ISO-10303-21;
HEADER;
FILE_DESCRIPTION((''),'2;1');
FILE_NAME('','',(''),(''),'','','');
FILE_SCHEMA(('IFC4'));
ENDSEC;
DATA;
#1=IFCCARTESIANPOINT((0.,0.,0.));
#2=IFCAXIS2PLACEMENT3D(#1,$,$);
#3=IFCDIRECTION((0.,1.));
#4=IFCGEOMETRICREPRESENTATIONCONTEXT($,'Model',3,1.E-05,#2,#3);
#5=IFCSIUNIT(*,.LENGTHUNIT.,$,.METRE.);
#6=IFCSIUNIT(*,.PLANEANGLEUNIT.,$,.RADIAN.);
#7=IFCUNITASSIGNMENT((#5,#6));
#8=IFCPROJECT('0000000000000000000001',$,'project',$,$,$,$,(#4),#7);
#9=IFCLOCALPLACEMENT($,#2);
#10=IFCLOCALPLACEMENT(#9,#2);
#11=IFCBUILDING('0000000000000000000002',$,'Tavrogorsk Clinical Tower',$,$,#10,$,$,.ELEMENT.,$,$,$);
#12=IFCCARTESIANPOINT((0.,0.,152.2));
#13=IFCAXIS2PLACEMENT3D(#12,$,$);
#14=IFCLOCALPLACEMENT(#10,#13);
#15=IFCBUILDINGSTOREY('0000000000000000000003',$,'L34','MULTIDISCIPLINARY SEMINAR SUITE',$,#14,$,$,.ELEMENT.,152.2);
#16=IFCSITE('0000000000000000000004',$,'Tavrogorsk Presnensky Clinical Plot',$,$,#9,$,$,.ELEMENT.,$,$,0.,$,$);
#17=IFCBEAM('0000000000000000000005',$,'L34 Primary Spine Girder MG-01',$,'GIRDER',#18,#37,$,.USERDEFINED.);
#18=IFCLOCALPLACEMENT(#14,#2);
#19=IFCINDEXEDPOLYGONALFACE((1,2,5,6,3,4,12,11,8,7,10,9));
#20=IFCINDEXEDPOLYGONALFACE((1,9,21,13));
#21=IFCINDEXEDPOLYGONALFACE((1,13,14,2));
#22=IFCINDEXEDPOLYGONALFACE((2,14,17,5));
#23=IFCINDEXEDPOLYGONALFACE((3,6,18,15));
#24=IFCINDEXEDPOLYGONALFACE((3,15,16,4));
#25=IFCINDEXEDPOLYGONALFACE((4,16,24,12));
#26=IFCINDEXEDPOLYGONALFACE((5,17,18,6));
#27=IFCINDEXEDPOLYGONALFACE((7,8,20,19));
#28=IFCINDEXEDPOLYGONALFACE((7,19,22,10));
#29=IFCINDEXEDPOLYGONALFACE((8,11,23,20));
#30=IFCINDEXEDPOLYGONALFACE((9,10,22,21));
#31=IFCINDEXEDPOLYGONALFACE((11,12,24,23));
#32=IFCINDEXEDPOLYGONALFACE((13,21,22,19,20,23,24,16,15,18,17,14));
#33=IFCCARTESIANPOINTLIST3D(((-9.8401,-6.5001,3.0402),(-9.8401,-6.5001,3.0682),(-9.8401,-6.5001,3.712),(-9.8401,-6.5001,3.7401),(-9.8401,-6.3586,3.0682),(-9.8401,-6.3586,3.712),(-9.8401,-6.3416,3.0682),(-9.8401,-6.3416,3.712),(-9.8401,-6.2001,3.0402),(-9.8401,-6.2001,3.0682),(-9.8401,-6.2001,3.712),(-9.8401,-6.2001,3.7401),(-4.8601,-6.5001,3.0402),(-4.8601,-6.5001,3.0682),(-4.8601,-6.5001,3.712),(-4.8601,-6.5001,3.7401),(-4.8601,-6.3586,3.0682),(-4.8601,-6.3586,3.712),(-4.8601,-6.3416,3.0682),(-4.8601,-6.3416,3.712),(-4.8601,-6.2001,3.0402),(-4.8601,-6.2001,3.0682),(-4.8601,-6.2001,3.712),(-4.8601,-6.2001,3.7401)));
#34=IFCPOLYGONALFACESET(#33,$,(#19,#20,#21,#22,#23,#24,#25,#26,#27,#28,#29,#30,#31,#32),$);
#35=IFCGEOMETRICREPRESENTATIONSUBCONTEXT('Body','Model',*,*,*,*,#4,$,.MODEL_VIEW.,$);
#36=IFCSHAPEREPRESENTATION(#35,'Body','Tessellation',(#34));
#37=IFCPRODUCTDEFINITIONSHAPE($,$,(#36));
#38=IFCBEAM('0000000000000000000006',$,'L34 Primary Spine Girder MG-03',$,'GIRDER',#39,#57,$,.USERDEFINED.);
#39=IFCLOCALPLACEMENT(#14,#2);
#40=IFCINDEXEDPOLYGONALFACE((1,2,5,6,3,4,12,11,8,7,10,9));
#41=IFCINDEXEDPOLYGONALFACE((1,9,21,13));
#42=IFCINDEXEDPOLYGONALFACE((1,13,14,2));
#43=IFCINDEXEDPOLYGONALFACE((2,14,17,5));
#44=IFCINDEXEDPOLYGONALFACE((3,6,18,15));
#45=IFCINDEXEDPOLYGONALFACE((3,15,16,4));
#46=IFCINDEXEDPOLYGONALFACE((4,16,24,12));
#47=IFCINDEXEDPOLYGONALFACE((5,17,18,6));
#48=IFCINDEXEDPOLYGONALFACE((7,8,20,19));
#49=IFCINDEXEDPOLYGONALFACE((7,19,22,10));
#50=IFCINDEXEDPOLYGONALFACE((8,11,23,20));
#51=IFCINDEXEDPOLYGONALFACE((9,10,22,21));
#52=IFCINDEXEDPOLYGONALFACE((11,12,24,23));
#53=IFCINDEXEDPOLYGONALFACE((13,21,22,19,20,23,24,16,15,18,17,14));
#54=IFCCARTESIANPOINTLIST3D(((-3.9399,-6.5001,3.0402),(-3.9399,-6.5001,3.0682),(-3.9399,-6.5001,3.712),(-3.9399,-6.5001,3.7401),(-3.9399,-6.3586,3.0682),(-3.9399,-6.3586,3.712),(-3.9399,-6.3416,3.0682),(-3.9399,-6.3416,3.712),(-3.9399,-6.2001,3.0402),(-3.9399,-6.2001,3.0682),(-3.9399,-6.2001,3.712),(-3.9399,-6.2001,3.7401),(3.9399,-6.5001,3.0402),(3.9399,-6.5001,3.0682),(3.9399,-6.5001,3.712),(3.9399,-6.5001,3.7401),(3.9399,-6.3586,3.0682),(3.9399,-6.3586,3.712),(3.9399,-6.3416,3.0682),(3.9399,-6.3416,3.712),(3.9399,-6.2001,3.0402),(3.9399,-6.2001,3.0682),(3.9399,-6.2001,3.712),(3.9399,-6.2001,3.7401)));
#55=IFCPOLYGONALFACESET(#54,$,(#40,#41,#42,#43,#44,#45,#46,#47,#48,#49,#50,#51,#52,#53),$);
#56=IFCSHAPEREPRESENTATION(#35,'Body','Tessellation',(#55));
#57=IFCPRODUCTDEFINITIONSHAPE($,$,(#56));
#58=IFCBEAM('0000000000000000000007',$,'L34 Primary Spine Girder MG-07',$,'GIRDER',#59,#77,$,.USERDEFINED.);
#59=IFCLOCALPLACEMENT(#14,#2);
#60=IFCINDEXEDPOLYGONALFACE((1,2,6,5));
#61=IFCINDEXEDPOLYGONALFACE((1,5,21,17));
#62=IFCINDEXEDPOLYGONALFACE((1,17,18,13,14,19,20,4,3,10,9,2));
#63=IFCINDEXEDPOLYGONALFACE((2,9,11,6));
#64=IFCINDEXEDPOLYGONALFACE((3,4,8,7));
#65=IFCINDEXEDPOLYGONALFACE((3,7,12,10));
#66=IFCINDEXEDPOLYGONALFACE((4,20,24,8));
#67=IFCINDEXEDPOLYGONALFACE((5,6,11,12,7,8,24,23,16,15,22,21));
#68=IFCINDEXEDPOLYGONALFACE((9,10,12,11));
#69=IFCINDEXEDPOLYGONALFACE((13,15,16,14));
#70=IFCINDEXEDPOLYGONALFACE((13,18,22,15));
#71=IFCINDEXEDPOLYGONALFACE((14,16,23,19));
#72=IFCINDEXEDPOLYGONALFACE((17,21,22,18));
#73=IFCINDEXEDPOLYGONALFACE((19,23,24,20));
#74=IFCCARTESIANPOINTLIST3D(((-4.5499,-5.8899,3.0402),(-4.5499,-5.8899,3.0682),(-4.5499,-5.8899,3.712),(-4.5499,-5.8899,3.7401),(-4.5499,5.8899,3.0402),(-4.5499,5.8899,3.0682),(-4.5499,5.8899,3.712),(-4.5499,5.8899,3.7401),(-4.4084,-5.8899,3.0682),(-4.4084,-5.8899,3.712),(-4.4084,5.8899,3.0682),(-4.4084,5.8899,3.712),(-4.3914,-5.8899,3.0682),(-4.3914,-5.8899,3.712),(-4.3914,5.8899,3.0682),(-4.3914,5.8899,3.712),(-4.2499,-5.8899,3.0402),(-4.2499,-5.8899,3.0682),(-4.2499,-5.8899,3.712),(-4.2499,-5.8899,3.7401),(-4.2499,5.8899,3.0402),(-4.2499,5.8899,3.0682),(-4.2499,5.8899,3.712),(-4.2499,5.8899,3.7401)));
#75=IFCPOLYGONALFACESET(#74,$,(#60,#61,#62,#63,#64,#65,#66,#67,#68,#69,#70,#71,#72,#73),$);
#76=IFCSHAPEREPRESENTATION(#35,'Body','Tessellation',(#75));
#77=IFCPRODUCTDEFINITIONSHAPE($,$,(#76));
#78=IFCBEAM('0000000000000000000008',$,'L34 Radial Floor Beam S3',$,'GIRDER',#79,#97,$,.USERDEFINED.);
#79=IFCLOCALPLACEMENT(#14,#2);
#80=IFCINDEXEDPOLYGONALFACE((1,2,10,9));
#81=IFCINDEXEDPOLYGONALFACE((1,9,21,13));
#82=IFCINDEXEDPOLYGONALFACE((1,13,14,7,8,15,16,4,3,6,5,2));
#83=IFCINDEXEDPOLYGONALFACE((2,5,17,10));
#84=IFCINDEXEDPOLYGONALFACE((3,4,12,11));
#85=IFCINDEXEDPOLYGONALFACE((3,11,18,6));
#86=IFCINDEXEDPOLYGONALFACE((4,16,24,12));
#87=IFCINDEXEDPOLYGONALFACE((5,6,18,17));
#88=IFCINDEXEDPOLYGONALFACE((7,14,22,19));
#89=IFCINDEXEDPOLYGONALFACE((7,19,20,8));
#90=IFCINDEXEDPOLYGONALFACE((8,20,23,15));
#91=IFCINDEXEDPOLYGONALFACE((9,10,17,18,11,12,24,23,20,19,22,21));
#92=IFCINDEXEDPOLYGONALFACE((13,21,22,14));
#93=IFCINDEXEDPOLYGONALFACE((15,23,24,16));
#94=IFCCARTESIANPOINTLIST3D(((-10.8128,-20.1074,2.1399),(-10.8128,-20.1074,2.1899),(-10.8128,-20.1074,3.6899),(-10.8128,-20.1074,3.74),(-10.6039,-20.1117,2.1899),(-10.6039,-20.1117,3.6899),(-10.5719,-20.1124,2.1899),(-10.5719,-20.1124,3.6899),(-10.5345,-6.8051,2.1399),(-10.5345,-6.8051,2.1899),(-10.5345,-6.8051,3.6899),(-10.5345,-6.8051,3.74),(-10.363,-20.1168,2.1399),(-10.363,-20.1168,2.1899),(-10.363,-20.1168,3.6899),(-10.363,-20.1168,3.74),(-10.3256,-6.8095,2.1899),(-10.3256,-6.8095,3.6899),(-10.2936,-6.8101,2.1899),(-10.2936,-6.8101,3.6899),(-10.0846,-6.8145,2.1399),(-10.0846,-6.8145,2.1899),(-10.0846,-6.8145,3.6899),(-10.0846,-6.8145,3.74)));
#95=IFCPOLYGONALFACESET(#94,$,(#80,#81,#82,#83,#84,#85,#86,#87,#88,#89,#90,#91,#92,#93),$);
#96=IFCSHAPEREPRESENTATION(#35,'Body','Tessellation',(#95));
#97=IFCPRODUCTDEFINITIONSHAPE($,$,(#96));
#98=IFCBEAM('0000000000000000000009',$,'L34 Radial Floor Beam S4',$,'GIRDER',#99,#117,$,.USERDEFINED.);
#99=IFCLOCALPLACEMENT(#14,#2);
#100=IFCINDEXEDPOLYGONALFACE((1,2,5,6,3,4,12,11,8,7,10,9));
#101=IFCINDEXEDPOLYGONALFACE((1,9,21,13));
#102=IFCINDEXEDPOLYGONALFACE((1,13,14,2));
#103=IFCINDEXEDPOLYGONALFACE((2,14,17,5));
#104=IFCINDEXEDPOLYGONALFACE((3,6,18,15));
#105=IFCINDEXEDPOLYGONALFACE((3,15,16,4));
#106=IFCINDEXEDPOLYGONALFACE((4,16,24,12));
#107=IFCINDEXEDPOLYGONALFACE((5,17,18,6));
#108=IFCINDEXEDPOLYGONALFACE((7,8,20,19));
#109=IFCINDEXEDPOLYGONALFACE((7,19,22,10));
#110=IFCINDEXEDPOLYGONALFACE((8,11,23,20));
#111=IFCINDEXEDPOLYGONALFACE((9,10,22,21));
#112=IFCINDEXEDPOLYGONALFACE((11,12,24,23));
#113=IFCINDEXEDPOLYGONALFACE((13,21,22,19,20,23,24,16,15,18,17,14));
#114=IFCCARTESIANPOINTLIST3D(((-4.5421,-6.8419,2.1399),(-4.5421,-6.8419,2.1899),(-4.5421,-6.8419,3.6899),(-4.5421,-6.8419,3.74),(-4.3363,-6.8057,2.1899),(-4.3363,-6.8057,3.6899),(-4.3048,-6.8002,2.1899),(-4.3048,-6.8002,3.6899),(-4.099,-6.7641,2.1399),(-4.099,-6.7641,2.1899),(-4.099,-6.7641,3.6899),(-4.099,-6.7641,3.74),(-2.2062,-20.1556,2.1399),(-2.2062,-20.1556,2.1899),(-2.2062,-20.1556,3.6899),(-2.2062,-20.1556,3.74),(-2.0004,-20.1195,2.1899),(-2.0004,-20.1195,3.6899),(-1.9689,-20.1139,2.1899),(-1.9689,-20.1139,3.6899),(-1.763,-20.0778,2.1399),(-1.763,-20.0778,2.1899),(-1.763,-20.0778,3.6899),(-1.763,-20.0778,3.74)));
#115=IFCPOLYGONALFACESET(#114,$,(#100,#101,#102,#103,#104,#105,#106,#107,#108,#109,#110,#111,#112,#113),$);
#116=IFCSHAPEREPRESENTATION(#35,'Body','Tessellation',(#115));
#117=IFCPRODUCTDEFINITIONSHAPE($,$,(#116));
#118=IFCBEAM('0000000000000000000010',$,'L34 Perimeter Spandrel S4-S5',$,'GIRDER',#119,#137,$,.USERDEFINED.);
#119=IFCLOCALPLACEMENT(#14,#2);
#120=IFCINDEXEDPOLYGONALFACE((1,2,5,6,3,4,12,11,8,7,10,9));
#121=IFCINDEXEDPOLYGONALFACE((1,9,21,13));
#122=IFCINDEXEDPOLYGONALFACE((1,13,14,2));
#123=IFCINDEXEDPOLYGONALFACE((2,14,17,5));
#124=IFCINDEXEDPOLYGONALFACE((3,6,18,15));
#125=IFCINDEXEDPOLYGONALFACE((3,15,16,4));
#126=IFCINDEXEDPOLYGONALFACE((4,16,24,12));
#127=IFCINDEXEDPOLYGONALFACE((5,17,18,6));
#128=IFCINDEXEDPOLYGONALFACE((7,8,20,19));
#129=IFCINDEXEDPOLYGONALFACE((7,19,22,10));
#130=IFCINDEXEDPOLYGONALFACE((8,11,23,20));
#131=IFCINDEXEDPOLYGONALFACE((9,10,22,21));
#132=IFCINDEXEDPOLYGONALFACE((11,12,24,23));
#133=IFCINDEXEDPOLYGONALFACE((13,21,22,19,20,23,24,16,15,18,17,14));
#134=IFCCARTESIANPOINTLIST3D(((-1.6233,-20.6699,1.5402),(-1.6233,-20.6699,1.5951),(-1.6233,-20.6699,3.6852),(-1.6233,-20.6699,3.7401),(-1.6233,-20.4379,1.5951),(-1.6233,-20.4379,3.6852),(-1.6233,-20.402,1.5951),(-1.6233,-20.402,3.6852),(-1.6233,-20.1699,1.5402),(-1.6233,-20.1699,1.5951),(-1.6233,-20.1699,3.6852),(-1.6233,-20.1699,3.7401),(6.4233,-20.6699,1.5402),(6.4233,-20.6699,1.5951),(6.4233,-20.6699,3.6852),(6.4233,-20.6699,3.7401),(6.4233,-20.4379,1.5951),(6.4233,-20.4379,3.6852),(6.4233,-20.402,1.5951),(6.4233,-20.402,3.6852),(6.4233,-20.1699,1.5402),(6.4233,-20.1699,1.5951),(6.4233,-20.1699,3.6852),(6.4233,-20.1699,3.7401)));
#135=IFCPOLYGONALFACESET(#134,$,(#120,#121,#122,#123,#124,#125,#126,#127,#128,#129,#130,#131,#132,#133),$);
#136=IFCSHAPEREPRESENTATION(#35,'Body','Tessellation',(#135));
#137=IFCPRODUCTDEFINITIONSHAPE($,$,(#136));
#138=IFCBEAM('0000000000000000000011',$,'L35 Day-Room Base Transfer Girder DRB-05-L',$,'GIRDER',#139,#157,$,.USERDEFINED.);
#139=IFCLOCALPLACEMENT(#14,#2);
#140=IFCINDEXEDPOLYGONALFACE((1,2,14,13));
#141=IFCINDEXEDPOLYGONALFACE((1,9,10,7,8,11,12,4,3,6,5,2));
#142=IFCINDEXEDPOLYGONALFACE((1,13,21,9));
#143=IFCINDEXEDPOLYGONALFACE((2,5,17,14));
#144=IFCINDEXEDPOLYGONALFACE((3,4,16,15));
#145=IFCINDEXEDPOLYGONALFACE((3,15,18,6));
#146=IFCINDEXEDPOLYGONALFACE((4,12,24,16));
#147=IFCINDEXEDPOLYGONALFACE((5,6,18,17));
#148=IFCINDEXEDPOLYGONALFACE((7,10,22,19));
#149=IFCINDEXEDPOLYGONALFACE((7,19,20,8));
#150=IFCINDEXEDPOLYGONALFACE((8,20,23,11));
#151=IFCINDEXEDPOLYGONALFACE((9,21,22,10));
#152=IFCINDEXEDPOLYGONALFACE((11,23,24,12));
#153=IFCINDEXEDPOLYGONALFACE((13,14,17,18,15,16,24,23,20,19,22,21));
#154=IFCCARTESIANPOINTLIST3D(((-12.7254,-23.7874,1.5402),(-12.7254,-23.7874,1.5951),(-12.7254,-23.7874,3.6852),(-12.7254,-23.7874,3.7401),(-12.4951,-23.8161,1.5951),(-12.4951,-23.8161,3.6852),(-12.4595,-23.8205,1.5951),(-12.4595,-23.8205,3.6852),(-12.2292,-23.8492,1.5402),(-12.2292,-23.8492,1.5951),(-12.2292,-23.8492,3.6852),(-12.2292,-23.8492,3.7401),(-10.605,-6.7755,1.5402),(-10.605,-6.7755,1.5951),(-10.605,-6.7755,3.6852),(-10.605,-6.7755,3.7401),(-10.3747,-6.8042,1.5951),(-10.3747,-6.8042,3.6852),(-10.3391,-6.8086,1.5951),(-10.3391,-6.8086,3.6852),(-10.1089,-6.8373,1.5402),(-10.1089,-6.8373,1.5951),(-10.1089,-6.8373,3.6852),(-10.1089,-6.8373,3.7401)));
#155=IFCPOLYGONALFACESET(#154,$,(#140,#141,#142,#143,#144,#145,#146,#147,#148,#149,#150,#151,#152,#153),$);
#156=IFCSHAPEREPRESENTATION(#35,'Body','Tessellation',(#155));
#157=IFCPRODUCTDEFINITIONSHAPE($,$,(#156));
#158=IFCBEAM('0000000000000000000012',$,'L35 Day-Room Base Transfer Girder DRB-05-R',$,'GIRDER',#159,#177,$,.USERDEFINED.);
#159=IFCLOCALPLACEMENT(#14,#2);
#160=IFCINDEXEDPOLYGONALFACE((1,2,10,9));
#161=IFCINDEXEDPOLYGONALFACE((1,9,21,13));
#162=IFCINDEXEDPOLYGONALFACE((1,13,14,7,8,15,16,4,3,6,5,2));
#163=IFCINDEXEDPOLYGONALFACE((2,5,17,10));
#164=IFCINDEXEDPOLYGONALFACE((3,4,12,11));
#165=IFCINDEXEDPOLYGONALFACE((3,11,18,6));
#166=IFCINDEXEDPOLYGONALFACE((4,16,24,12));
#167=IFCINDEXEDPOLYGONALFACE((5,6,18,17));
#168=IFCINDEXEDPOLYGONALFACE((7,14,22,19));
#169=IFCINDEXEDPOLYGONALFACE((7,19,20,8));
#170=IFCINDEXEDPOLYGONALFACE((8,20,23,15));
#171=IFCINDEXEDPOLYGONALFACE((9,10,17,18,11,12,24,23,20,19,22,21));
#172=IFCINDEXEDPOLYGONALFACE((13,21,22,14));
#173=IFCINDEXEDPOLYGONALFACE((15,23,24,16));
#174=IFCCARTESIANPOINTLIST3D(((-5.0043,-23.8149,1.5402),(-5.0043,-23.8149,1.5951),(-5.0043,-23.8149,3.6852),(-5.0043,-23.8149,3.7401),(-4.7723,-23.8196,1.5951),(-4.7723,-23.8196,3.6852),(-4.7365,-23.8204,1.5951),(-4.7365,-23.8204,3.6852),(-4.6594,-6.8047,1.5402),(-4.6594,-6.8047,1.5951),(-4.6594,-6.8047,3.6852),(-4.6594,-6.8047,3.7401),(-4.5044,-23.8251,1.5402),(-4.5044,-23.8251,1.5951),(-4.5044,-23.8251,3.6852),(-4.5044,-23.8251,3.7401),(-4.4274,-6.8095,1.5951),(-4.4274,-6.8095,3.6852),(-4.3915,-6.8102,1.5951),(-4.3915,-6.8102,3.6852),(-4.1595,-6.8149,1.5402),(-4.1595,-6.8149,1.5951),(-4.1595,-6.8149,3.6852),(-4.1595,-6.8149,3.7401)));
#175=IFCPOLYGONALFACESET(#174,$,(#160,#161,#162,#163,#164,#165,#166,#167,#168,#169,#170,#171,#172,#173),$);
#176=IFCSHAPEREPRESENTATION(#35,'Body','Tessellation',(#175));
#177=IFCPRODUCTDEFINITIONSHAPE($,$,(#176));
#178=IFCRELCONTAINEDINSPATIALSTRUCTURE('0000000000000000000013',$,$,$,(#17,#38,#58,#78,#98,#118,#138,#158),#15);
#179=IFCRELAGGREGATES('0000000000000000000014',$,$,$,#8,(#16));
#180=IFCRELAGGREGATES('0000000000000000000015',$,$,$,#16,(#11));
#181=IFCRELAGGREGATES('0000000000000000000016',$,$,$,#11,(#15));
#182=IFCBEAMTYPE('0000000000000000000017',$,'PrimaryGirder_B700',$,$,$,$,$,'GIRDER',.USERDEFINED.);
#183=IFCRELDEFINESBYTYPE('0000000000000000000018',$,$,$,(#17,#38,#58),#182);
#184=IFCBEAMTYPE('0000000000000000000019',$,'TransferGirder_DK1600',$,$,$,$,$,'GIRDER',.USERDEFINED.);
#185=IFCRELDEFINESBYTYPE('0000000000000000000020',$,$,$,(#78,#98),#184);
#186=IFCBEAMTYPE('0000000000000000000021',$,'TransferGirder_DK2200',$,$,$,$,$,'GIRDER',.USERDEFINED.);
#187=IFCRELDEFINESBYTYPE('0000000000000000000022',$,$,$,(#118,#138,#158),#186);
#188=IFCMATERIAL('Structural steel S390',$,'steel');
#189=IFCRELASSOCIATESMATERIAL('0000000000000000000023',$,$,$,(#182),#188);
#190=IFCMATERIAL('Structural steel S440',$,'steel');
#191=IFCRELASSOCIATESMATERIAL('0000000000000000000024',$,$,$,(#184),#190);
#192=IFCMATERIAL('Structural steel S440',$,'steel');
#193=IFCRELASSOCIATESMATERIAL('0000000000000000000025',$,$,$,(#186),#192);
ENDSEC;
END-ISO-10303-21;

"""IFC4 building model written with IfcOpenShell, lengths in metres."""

from ifc_helpers import new_model, si_unit, direction, frame, origin, origin_2d, place, context, subcontext, project, spatial, i_section, extrude, material, material_profile, profile_set, type_object, element, save


model = new_model("IFC4")

# Units and contexts
model_context = context("Model", 3, precision=1e-05, world=origin(), true_north=direction((0.0, 1.0)))
body_context = subcontext(model_context, "Body", "Model", "MODEL_VIEW")
ifc_project = project(units=[si_unit("LENGTHUNIT", "METRE"), si_unit("PLANEANGLEUNIT", "RADIAN")], contexts=[model_context])

# Site, building, storey
site_placement = place(None, origin())
site = spatial("IfcSite", under=ifc_project, at=site_placement, Name="Tavrogorsk Presnensky Clinical Plot", CompositionType="ELEMENT", RefElevation=0.0)
building_placement = place(site_placement, origin())
building = spatial("IfcBuilding", under=site, at=building_placement, Name="Tavrogorsk Clinical Tower", CompositionType="ELEMENT")
storey_placement = place(building_placement, frame((0.0, 0.0, 152.2)))
storey = spatial("IfcBuildingStorey", under=building, at=storey_placement, Name="L34", Description="MULTIDISCIPLINARY SEMINAR SUITE", CompositionType="ELEMENT", Elevation=152.2)

# Beams
ifc_material_1 = material(Name="Structural steel S390", Category="steel")
ifc_material_profile_1 = material_profile(ifc_material_1, i_section(OverallWidth=0.3, OverallDepth=0.7, WebThickness=0.0171, FlangeThickness=0.0281, at=origin_2d()), Name="B-700x300x17x28")
ifc_profile_set_1 = profile_set([ifc_material_profile_1], Name="Structural steel S390")
beam_type_1 = type_object("IfcBeamType", Name="PrimaryGirder_B700", ElementType="GIRDER", PredefinedType="USERDEFINED", material=ifc_profile_set_1)
beam_1_placement = place(storey_placement, frame((-9.8401, -6.3501, 3.3901), z_axis=(1.0, 0.0, 0.0), x_axis=(0.0, 1.0, 0.0)))
element("IfcBeam", 1, at=beam_1_placement, inside=storey, type_object=beam_type_1, Name="L34 Primary Spine Girder MG-01", ObjectType="GIRDER", PredefinedType="USERDEFINED", context=body_context, shape_type="SweptSolid", body=[
    extrude(i_section(OverallWidth=0.3, OverallDepth=0.7, WebThickness=0.0171, FlangeThickness=0.0281, at=origin_2d()), origin(), (0.0, 0.0, 1.0), 4.98),
])
beam_2_placement = place(storey_placement, frame((-3.9399, -6.3501, 3.3901), z_axis=(1.0, 0.0, 0.0), x_axis=(0.0, 1.0, 0.0)))
element("IfcBeam", 2, at=beam_2_placement, inside=storey, type_object=beam_type_1, Name="L34 Primary Spine Girder MG-03", ObjectType="GIRDER", PredefinedType="USERDEFINED", context=body_context, shape_type="SweptSolid", body=[
    extrude(i_section(OverallWidth=0.3, OverallDepth=0.7, WebThickness=0.0171, FlangeThickness=0.0281, at=origin_2d()), origin(), (0.0, 0.0, 1.0), 7.8799),
])
beam_3_placement = place(storey_placement, frame((-4.3999, -5.8899, 3.3901), z_axis=(0.0, 1.0, 0.0), x_axis=(-1.0, 0.0, 0.0)))
element("IfcBeam", 3, at=beam_3_placement, inside=storey, type_object=beam_type_1, Name="L34 Primary Spine Girder MG-07", ObjectType="GIRDER", PredefinedType="USERDEFINED", context=body_context, shape_type="SweptSolid", body=[
    extrude(i_section(OverallWidth=0.3, OverallDepth=0.7, WebThickness=0.0171, FlangeThickness=0.0281, at=origin_2d()), origin(), (0.0, 0.0, 1.0), 11.7798),
])
ifc_material_2 = material(Name="Structural steel S440", Category="steel")
ifc_material_profile_2 = material_profile(ifc_material_2, i_section(OverallWidth=0.45, OverallDepth=1.6001, WebThickness=0.032, FlangeThickness=0.05, at=origin_2d()), Name="DK-1600x450x32x50")
ifc_profile_set_2 = profile_set([ifc_material_profile_2], Name="Structural steel S440")
beam_type_2 = type_object("IfcBeamType", Name="TransferGirder_DK1600", ElementType="GIRDER", PredefinedType="USERDEFINED", material=ifc_profile_set_2)
beam_4_placement = place(storey_placement, frame((-10.3096, -6.8098, 2.9399), z_axis=(-0.020918, -0.999781, 0.0), x_axis=(0.999781, -0.020918, 0.0)))
element("IfcBeam", 4, at=beam_4_placement, inside=storey, type_object=beam_type_2, Name="L34 Radial Floor Beam S3", ObjectType="GIRDER", PredefinedType="USERDEFINED", context=body_context, shape_type="SweptSolid", body=[
    extrude(i_section(OverallWidth=0.45, OverallDepth=1.6001, WebThickness=0.032, FlangeThickness=0.05, at=origin_2d()), origin(), (0.0, 0.0, 1.0), 13.3052),
])
beam_5_placement = place(storey_placement, frame((-4.3206, -6.803, 2.9399), z_axis=(0.172814, -0.984955, 0.0), x_axis=(0.984955, 0.172814, 0.0)))
element("IfcBeam", 5, at=beam_5_placement, inside=storey, type_object=beam_type_2, Name="L34 Radial Floor Beam S4", ObjectType="GIRDER", PredefinedType="USERDEFINED", context=body_context, shape_type="SweptSolid", body=[
    extrude(i_section(OverallWidth=0.45, OverallDepth=1.6001, WebThickness=0.032, FlangeThickness=0.05, at=origin_2d()), origin(), (0.0, 0.0, 1.0), 13.5171),
])
ifc_material_3 = material(Name="Structural steel S440", Category="steel")
ifc_material_profile_3 = material_profile(ifc_material_3, i_section(OverallWidth=0.5, OverallDepth=2.2, WebThickness=0.0359, FlangeThickness=0.0549, at=origin_2d()), Name="DK-2200x500x36x55")
ifc_profile_set_3 = profile_set([ifc_material_profile_3], Name="Structural steel S440")
beam_type_3 = type_object("IfcBeamType", Name="TransferGirder_DK2200", ElementType="GIRDER", PredefinedType="USERDEFINED", material=ifc_profile_set_3)
beam_6_placement = place(storey_placement, frame((-1.6233, -20.4199, 2.6401), z_axis=(1.0, 0.0, 0.0), x_axis=(0.0, 1.0, 0.0)))
element("IfcBeam", 6, at=beam_6_placement, inside=storey, type_object=beam_type_3, Name="L34 Perimeter Spandrel S4-S5", ObjectType="GIRDER", PredefinedType="USERDEFINED", context=body_context, shape_type="SweptSolid", body=[
    extrude(i_section(OverallWidth=0.5, OverallDepth=2.2, WebThickness=0.0359, FlangeThickness=0.0549, at=origin_2d()), origin(), (0.0, 0.0, 1.0), 8.0466),
])
beam_7_placement = place(storey_placement, frame((-10.3569, -6.8064, 2.6401), z_axis=(-0.123682, -0.992322, 0.0), x_axis=(0.992322, -0.123682, 0.0)))
element("IfcBeam", 7, at=beam_7_placement, inside=storey, type_object=beam_type_3, Name="L35 Day-Room Base Transfer Girder DRB-05-L", ObjectType="GIRDER", PredefinedType="USERDEFINED", context=body_context, shape_type="SweptSolid", body=[
    extrude(i_section(OverallWidth=0.5, OverallDepth=2.2, WebThickness=0.0359, FlangeThickness=0.0549, at=origin_2d()), origin(), (0.0, 0.0, 1.0), 17.1436),
])
beam_8_placement = place(storey_placement, frame((-4.4094, -6.8098, 2.6401), z_axis=(-0.020276, -0.999794, 0.0), x_axis=(0.999794, -0.020276, 0.0)))
element("IfcBeam", 8, at=beam_8_placement, inside=storey, type_object=beam_type_3, Name="L35 Day-Room Base Transfer Girder DRB-05-R", ObjectType="GIRDER", PredefinedType="USERDEFINED", context=body_context, shape_type="SweptSolid", body=[
    extrude(i_section(OverallWidth=0.5, OverallDepth=2.2, WebThickness=0.0359, FlangeThickness=0.0549, at=origin_2d()), origin(), (0.0, 0.0, 1.0), 17.0137),
])

save(model, "model.ifc")
